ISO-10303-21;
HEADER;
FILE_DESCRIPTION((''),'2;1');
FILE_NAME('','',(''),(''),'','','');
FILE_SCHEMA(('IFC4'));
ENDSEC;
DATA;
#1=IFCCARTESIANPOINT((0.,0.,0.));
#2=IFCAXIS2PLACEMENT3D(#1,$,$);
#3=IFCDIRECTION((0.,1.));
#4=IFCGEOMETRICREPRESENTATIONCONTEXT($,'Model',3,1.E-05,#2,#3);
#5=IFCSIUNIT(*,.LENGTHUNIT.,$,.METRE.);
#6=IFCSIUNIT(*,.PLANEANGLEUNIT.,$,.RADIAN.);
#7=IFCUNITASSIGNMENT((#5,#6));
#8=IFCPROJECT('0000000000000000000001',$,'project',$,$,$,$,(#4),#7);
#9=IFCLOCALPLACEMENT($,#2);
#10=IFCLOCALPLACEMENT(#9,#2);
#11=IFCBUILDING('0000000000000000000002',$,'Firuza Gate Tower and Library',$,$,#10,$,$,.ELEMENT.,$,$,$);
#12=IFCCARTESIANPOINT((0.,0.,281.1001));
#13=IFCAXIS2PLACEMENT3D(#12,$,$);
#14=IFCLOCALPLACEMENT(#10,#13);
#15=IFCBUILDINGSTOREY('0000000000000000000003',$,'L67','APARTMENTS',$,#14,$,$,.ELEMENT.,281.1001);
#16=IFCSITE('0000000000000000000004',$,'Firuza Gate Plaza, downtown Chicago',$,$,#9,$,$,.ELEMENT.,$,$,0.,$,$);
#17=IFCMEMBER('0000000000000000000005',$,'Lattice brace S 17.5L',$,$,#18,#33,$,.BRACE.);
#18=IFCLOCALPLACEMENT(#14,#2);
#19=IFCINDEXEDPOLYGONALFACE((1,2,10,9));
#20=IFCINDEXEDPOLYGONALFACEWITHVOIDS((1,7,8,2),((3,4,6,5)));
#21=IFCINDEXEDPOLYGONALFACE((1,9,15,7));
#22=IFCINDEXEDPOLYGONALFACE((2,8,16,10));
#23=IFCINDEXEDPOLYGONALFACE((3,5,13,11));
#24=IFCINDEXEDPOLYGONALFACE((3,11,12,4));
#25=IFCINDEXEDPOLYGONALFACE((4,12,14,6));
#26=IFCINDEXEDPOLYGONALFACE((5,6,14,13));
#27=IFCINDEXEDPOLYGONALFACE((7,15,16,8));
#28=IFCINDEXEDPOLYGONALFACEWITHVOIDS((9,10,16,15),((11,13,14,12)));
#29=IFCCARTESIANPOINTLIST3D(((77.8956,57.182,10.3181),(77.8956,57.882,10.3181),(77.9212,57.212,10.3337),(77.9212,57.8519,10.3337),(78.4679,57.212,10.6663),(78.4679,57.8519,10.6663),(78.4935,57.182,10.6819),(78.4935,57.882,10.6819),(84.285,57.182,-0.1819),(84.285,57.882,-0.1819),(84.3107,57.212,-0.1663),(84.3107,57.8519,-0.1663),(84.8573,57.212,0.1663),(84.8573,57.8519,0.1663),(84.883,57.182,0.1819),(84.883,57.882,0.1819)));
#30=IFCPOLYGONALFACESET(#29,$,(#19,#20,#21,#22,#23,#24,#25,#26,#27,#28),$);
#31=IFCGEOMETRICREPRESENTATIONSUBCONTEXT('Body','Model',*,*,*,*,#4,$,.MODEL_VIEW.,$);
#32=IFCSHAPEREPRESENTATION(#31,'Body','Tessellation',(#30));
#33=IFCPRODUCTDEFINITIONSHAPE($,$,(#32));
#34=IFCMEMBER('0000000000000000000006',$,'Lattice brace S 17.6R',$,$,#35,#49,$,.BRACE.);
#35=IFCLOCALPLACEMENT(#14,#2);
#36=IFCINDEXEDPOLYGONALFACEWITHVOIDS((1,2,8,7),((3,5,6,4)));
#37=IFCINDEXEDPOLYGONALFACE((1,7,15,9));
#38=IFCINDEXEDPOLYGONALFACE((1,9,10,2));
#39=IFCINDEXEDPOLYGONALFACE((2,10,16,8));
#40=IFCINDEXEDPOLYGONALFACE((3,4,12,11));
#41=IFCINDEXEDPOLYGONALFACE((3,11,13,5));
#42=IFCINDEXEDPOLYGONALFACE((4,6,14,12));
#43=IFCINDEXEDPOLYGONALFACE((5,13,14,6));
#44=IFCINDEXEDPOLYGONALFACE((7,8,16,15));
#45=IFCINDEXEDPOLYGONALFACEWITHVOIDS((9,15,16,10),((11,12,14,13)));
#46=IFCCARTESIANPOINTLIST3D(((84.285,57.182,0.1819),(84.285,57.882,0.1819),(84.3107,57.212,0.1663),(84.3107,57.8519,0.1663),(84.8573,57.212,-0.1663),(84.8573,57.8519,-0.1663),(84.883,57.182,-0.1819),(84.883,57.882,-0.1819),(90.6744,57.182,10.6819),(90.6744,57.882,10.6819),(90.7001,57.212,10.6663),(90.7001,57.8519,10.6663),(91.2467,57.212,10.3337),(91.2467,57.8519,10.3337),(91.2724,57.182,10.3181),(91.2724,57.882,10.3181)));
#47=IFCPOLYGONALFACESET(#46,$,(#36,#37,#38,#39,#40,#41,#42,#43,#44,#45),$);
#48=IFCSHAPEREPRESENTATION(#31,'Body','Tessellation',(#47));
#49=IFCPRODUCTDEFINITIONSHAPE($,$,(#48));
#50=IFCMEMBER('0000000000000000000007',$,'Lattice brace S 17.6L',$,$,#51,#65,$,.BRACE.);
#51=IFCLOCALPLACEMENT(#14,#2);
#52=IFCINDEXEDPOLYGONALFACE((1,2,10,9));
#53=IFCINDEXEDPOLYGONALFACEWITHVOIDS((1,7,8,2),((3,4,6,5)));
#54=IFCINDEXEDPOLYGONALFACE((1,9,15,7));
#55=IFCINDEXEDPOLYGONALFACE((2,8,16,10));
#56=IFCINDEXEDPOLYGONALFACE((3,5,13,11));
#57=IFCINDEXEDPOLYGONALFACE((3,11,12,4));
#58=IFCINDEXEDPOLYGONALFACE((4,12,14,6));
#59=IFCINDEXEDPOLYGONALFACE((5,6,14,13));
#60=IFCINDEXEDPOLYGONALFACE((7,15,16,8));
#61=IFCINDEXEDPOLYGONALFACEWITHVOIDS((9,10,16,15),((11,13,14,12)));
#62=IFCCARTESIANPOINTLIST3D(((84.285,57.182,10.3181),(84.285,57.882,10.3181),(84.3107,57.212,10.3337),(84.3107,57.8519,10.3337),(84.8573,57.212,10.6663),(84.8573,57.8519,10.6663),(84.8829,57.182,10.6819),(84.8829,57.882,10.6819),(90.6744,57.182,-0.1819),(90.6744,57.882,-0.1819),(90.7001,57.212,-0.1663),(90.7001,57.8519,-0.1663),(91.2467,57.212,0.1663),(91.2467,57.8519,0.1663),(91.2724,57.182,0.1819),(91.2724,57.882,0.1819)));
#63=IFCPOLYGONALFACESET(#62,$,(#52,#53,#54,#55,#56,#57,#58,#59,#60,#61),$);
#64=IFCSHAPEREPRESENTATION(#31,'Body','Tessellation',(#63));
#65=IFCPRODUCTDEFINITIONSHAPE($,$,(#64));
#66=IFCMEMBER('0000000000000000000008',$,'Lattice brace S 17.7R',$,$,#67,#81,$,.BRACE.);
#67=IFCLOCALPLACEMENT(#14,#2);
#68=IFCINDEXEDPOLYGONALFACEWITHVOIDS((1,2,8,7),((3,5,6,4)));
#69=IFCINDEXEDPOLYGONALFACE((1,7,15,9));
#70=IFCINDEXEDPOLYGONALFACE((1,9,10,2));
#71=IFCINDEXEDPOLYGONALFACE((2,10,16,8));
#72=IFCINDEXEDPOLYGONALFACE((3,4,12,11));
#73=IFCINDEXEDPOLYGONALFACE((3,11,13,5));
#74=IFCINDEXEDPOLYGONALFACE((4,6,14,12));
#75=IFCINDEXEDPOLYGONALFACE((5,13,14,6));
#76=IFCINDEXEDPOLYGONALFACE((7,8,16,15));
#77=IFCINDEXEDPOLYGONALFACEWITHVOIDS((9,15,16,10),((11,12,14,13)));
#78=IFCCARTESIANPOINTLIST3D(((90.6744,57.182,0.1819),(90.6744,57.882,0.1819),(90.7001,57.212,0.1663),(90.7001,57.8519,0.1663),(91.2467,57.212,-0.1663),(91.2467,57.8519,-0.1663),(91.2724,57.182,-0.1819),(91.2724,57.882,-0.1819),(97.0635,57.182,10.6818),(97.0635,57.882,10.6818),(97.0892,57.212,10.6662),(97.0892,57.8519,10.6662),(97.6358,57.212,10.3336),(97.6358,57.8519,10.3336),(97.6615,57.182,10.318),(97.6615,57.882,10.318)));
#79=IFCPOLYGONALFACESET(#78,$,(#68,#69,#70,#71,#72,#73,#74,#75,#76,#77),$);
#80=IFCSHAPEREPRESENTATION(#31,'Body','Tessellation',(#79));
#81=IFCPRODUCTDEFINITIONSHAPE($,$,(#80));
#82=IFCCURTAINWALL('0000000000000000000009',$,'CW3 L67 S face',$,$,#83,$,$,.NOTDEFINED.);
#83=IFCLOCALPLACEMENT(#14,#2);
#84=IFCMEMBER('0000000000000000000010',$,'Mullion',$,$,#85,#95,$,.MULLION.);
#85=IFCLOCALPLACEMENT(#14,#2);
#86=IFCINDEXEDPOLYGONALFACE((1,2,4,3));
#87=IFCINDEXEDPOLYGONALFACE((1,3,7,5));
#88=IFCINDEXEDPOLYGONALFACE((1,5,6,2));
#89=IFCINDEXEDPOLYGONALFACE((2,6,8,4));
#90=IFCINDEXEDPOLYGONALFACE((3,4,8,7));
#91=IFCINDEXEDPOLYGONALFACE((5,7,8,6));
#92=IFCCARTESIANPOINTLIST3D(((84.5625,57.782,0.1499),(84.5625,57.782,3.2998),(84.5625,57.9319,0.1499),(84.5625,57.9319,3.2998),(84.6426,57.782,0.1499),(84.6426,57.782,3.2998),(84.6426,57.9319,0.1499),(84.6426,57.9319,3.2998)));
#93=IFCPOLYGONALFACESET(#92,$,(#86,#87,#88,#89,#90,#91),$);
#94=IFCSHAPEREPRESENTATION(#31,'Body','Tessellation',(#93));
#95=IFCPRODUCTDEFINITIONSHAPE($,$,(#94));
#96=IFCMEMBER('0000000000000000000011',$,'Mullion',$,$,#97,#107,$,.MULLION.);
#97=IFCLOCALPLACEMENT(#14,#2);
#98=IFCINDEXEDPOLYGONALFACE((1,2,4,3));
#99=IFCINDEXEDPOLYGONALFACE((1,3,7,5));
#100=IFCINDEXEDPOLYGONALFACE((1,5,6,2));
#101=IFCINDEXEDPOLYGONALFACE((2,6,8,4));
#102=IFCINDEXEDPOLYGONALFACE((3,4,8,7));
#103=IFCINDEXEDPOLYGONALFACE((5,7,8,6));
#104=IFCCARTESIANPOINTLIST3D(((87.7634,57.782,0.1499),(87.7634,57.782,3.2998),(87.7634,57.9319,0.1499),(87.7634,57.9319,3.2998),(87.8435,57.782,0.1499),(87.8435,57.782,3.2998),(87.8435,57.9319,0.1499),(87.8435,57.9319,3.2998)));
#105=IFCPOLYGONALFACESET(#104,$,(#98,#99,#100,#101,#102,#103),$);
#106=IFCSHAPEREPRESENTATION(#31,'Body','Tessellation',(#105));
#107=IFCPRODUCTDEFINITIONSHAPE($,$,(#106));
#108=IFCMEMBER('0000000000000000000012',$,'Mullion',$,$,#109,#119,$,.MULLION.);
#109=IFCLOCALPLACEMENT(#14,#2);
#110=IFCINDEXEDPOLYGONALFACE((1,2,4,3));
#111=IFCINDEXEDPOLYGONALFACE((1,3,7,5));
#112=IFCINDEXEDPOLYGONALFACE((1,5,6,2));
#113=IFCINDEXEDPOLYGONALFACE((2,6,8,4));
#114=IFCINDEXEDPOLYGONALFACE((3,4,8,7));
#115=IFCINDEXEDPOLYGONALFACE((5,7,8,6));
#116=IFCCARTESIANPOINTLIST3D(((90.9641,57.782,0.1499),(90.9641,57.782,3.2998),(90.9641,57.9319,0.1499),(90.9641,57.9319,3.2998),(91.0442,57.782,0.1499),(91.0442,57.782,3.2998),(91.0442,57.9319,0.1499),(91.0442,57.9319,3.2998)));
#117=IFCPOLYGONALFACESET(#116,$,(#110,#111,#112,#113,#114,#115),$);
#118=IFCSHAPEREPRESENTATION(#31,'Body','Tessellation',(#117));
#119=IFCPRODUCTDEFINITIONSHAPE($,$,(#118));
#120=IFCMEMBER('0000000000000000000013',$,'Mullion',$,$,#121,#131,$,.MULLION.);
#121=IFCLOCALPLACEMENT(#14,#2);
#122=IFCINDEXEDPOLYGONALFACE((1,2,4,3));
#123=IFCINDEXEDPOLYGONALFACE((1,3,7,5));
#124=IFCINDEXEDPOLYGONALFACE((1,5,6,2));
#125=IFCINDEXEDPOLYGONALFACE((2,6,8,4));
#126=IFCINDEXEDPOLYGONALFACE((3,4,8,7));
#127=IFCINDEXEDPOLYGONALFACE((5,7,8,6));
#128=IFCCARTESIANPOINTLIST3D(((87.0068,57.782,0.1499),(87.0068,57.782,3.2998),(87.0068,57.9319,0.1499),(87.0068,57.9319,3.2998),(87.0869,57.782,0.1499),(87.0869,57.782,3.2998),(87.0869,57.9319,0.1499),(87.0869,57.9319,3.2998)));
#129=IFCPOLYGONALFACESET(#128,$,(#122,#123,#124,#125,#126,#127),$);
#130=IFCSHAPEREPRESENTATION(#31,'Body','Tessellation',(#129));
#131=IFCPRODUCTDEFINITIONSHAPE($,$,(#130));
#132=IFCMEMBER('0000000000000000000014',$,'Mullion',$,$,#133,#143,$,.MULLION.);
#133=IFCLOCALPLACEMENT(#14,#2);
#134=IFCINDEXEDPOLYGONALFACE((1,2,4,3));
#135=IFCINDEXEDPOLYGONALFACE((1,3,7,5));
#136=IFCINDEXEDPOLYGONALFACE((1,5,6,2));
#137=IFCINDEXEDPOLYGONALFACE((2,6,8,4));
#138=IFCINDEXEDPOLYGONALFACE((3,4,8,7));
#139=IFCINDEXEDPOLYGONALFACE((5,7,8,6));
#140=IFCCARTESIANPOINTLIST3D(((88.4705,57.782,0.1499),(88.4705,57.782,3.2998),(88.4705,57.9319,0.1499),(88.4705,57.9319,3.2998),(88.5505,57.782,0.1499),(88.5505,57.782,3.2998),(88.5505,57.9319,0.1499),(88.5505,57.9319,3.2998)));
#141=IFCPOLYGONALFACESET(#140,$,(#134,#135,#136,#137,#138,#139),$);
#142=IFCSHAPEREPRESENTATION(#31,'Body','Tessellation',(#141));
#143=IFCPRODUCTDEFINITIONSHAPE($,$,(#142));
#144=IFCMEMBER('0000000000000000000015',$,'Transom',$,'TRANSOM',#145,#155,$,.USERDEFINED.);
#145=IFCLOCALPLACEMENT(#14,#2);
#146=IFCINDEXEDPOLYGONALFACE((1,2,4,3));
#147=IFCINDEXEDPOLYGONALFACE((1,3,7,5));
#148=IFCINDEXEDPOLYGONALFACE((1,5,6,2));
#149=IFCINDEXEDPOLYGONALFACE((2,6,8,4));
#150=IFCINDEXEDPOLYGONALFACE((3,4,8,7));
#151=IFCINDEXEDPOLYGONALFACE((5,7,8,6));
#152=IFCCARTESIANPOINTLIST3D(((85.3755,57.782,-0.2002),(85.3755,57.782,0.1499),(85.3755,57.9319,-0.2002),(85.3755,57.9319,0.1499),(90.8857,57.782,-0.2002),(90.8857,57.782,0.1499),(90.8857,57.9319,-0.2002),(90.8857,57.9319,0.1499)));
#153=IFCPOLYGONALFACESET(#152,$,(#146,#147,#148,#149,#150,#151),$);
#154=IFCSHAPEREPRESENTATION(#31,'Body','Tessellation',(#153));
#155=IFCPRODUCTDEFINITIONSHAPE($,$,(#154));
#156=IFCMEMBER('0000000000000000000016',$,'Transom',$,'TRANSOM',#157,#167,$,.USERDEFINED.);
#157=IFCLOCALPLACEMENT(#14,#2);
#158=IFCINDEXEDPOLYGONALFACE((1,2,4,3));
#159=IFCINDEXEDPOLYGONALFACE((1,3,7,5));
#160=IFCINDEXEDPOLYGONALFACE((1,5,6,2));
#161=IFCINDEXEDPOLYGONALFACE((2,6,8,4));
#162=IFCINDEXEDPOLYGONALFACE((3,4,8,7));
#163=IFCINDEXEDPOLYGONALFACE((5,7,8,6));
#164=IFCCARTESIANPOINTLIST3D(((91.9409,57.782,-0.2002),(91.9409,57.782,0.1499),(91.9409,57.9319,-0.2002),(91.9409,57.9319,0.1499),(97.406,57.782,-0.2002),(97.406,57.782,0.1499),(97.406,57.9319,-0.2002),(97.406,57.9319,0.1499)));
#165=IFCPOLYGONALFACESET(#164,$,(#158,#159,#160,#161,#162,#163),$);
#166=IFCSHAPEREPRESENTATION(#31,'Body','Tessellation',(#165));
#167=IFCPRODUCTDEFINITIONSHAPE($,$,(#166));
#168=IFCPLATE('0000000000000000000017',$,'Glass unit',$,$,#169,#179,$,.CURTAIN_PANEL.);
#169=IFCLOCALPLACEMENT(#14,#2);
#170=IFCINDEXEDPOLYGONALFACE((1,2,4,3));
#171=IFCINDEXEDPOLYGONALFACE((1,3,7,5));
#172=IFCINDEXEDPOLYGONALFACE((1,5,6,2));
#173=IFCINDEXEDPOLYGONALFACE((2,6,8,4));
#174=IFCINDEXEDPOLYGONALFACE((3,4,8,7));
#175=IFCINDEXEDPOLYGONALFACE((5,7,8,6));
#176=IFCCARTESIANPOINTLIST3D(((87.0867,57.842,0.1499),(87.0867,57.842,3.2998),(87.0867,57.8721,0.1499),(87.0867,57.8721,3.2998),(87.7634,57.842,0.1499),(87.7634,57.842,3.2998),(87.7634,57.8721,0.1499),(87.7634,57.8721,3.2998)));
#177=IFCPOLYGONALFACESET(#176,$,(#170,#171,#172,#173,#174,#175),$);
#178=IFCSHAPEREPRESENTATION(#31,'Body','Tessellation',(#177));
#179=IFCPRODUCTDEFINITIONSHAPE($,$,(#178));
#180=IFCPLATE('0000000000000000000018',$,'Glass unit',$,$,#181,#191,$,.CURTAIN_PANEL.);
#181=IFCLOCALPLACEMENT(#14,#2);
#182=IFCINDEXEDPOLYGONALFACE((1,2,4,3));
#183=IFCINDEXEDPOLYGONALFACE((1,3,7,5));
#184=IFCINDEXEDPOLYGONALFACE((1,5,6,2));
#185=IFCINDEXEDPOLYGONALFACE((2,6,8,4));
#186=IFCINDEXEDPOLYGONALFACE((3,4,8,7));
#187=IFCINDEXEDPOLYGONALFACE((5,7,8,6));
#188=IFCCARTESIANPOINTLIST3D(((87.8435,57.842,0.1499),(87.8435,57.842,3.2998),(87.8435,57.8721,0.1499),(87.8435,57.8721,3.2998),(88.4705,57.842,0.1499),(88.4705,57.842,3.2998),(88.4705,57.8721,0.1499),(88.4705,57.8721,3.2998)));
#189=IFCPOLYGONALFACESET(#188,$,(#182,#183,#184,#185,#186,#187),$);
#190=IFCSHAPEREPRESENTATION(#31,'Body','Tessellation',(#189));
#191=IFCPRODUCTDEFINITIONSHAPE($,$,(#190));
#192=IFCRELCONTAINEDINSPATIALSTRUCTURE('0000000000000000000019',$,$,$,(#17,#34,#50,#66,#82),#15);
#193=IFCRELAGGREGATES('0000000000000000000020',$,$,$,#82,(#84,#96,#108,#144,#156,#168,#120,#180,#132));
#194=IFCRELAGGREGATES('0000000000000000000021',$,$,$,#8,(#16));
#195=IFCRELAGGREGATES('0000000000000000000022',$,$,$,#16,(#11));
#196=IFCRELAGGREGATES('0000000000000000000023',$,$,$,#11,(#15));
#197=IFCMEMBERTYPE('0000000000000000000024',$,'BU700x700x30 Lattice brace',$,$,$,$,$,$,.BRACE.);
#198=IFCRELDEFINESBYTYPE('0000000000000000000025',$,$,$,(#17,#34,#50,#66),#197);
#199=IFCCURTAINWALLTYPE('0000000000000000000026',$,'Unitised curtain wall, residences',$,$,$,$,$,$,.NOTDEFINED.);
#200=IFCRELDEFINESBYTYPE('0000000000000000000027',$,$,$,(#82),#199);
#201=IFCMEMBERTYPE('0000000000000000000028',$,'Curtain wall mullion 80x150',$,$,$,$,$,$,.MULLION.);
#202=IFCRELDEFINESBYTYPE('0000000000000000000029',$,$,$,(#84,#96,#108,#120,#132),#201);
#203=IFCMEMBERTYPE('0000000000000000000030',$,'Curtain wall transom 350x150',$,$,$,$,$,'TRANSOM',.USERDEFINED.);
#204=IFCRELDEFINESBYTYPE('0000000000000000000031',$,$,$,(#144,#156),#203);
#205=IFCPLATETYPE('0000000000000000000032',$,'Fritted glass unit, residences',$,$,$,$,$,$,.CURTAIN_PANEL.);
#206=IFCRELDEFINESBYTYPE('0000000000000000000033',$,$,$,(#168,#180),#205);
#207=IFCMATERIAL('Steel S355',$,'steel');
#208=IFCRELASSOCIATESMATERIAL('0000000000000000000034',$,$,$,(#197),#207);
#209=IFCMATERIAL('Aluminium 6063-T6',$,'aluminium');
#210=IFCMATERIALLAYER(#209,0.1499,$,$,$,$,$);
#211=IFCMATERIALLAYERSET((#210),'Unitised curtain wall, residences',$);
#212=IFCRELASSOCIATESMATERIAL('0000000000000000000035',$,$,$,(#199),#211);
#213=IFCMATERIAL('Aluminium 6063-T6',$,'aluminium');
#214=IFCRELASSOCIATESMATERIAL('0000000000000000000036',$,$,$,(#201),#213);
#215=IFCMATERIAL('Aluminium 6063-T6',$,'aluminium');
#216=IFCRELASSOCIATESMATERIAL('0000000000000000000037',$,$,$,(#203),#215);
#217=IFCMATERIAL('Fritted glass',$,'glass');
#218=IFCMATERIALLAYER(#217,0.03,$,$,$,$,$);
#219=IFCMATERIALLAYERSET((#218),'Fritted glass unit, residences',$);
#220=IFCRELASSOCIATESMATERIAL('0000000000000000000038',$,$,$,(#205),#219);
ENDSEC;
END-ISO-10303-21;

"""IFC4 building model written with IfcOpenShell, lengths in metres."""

from ifc_helpers import new_model, si_unit, direction, frame, origin, origin_2d, place, context, subcontext, project, spatial, polyline, rectangle, hollow_rectangle, outline, extrude, material, layer, layer_set, material_profile, profile_set, type_object, element, aggregate, save


model = new_model("IFC4")

# Units and contexts
model_context = context("Model", 3, precision=1e-05, world=origin(), true_north=direction((0.0, 1.0)))
body_context = subcontext(model_context, "Body", "Model", "MODEL_VIEW")
ifc_project = project(units=[si_unit("LENGTHUNIT", "METRE"), si_unit("PLANEANGLEUNIT", "RADIAN")], contexts=[model_context])

# Site, building, storey
site_placement = place(None, origin())
site = spatial("IfcSite", under=ifc_project, at=site_placement, Name="Firuza Gate Plaza, downtown Chicago", CompositionType="ELEMENT", RefElevation=0.0)
building_placement = place(site_placement, origin())
building = spatial("IfcBuilding", under=site, at=building_placement, Name="Firuza Gate Tower and Library", CompositionType="ELEMENT")
storey_placement = place(building_placement, frame((0.0, 0.0, 281.1001)))
storey = spatial("IfcBuildingStorey", under=building, at=storey_placement, Name="L67", Description="APARTMENTS", CompositionType="ELEMENT", Elevation=281.1001)

# Members
ifc_material_1 = material(Name="Steel S355", Category="steel")
ifc_material_profile_1 = material_profile(ifc_material_1, hollow_rectangle(XDim=0.7, YDim=0.7, WallThickness=0.03, at=origin_2d()))
ifc_profile_set_1 = profile_set([ifc_material_profile_1], Name="Steel S355")
member_type_1 = type_object("IfcMemberType", Name="BU700x700x30 Lattice brace", PredefinedType="BRACE", material=ifc_profile_set_1)
for number, where, z_axis, x_axis, name in (
    (1, (84.584, 57.532, 0.0), (-0.519834, 0.0, 0.854267), (0.0, -1.0, 0.0), "Lattice brace S 17.5L"),
    (2, (84.584, 57.532, 0.0), (0.519834, 0.0, 0.854267), (0.0, 1.0, 0.0), "Lattice brace S 17.6R"),
    (3, (90.9734, 57.532, 0.0), (-0.519834, 0.0, 0.854267), (0.0, -1.0, 0.0), "Lattice brace S 17.6L"),
):
    element("IfcMember", number, at=place(storey_placement, frame(where, z_axis=z_axis, x_axis=x_axis)), inside=storey, type_object=member_type_1, Name=name, PredefinedType="BRACE", context=body_context, shape_type="SweptSolid", body=[
        extrude(hollow_rectangle(XDim=0.7, YDim=0.7, WallThickness=0.03, at=origin_2d()), origin(), (0.0, 0.0, 1.0), 12.2913),
    ])
member_1_placement = place(storey_placement, frame((90.9734, 57.532, 0.0), z_axis=(0.51982, 0.0, 0.854276), x_axis=(0.0, 1.0, 0.0)))
element("IfcMember", 4, at=member_1_placement, inside=storey, type_object=member_type_1, Name="Lattice brace S 17.7R", PredefinedType="BRACE", context=body_context, shape_type="SweptSolid", body=[
    extrude(hollow_rectangle(XDim=0.7, YDim=0.7, WallThickness=0.03, at=origin_2d()), origin(), (0.0, 0.0, 1.0), 12.291),
])

# Curtain wall, members, plates
ifc_material_2 = material(Name="Aluminium 6063-T6", Category="aluminium")
ifc_layer_1 = layer(ifc_material_2, 0.1499)
ifc_layer_set_1 = layer_set([ifc_layer_1], Name="Unitised curtain wall, residences")
curtain_wall_type = type_object("IfcCurtainWallType", Name="Unitised curtain wall, residences", PredefinedType="NOTDEFINED", material=ifc_layer_set_1)
curtain_wall_placement = place(storey_placement, origin())
curtain_wall = element("IfcCurtainWall", 5, at=curtain_wall_placement, inside=storey, type_object=curtain_wall_type, Name="CW3 L67 S face", PredefinedType="NOTDEFINED")
ifc_material_3 = material(Name="Aluminium 6063-T6", Category="aluminium")
ifc_material_profile_2 = material_profile(ifc_material_3, rectangle(XDim=0.1499, YDim=0.0801, at=origin_2d()))
ifc_profile_set_2 = profile_set([ifc_material_profile_2], Name="Aluminium 6063-T6")
member_type_2 = type_object("IfcMemberType", Name="Curtain wall mullion 80x150", PredefinedType="MULLION", material=ifc_profile_set_2)
member_2_placement = place(storey_placement, frame((84.6025, 57.8569, 0.1499), z_axis=(0.0, 0.0, 1.0), x_axis=(0.0, 1.0, 0.0)))
member_2 = element("IfcMember", 6, at=member_2_placement, type_object=member_type_2, Name="Mullion", PredefinedType="MULLION", context=body_context, shape_type="SweptSolid", body=[
    extrude(rectangle(XDim=0.1499, YDim=0.0801, at=origin_2d()), origin(), (0.0, 0.0, 1.0), 3.1499),
])
member_3_placement = place(storey_placement, frame((87.8035, 57.8569, 0.1499), z_axis=(0.0, 0.0, 1.0), x_axis=(0.0, 1.0, 0.0)))
member_3 = element("IfcMember", 7, at=member_3_placement, type_object=member_type_2, Name="Mullion", PredefinedType="MULLION", context=body_context, shape_type="SweptSolid", body=[
    extrude(rectangle(XDim=0.1499, YDim=0.0801, at=origin_2d()), origin(), (0.0, 0.0, 1.0), 3.1499),
])
member_4_placement = place(storey_placement, frame((91.0042, 57.8569, 0.1499), z_axis=(0.0, 0.0, 1.0), x_axis=(0.0, 1.0, 0.0)))
member_4 = element("IfcMember", 8, at=member_4_placement, type_object=member_type_2, Name="Mullion", PredefinedType="MULLION", context=body_context, shape_type="SweptSolid", body=[
    extrude(rectangle(XDim=0.1499, YDim=0.0801, at=origin_2d()), origin(), (0.0, 0.0, 1.0), 3.1499),
])
member_5_placement = place(storey_placement, frame((87.0469, 57.8569, 0.1499), z_axis=(0.0, 0.0, 1.0), x_axis=(0.0, 1.0, 0.0)))
member_5 = element("IfcMember", 9, at=member_5_placement, type_object=member_type_2, Name="Mullion", PredefinedType="MULLION", context=body_context, shape_type="SweptSolid", body=[
    extrude(rectangle(XDim=0.1499, YDim=0.0801, at=origin_2d()), origin(), (0.0, 0.0, 1.0), 3.1499),
])
member_6_placement = place(storey_placement, frame((88.5105, 57.8569, 0.1499), z_axis=(0.0, 0.0, 1.0), x_axis=(0.0, 1.0, 0.0)))
member_6 = element("IfcMember", 10, at=member_6_placement, type_object=member_type_2, Name="Mullion", PredefinedType="MULLION", context=body_context, shape_type="SweptSolid", body=[
    extrude(rectangle(XDim=0.1499, YDim=0.0801, at=origin_2d()), origin(), (0.0, 0.0, 1.0), 3.1499),
])
ifc_material_4 = material(Name="Aluminium 6063-T6", Category="aluminium")
ifc_material_profile_3 = material_profile(ifc_material_4, rectangle(XDim=0.1499, YDim=0.3501, at=origin_2d()))
ifc_profile_set_3 = profile_set([ifc_material_profile_3], Name="Aluminium 6063-T6")
member_type_3 = type_object("IfcMemberType", Name="Curtain wall transom 350x150", ElementType="TRANSOM", PredefinedType="USERDEFINED", material=ifc_profile_set_3)
member_7_placement = place(storey_placement, frame((85.3755, 57.8569, -0.0251), z_axis=(1.0, 0.0, 0.0), x_axis=(0.0, 1.0, 0.0)))
member_7 = element("IfcMember", 11, at=member_7_placement, type_object=member_type_3, Name="Transom", ObjectType="TRANSOM", PredefinedType="USERDEFINED", context=body_context, shape_type="SweptSolid", body=[
    extrude(rectangle(XDim=0.1499, YDim=0.3501, at=origin_2d()), origin(), (0.0, 0.0, 1.0), 5.5103),
])
member_8_placement = place(storey_placement, frame((91.9409, 57.8569, -0.0251), z_axis=(1.0, 0.0, 0.0), x_axis=(0.0, 1.0, 0.0)))
member_8 = element("IfcMember", 12, at=member_8_placement, type_object=member_type_3, Name="Transom", ObjectType="TRANSOM", PredefinedType="USERDEFINED", context=body_context, shape_type="SweptSolid", body=[
    extrude(rectangle(XDim=0.1499, YDim=0.3501, at=origin_2d()), origin(), (0.0, 0.0, 1.0), 5.4651),
])
ifc_material_5 = material(Name="Fritted glass", Category="glass")
ifc_layer_2 = layer(ifc_material_5, 0.03)
ifc_layer_set_2 = layer_set([ifc_layer_2], Name="Fritted glass unit, residences")
plate_type_1 = type_object("IfcPlateType", Name="Fritted glass unit, residences", PredefinedType="CURTAIN_PANEL", material=ifc_layer_set_2)
plate_1_placement = place(storey_placement, frame((87.0867, 57.842, 0.1499), z_axis=(0.0, -1.0, 0.0), x_axis=(1.0, 0.0, 0.0)))
plate_1 = element("IfcPlate", 13, at=plate_1_placement, type_object=plate_type_1, Name="Glass unit", PredefinedType="CURTAIN_PANEL", context=body_context, shape_type="SweptSolid", body=[
    extrude(outline(polyline([(0.0, 0.0), (0.6768, 0.0), (0.6768, 3.1499), (0.0, 3.1499), (0.0, 0.0)])), origin(), (0.0, 0.0, -1.0), 0.03),
])
plate_2_placement = place(storey_placement, frame((87.8435, 57.842, 0.1499), z_axis=(0.0, -1.0, 0.0), x_axis=(1.0, 0.0, 0.0)))
plate_2 = element("IfcPlate", 14, at=plate_2_placement, type_object=plate_type_1, Name="Glass unit", PredefinedType="CURTAIN_PANEL", context=body_context, shape_type="SweptSolid", body=[
    extrude(outline(polyline([(0.0, 0.0), (0.627, 0.0), (0.627, 3.1499), (0.0, 3.1499), (0.0, 0.0)])), origin(), (0.0, 0.0, -1.0), 0.03),
])
aggregate(curtain_wall, [member_2, member_3, member_4, member_7, member_8, plate_1, member_5, plate_2, member_6])

save(model, "model.ifc")
